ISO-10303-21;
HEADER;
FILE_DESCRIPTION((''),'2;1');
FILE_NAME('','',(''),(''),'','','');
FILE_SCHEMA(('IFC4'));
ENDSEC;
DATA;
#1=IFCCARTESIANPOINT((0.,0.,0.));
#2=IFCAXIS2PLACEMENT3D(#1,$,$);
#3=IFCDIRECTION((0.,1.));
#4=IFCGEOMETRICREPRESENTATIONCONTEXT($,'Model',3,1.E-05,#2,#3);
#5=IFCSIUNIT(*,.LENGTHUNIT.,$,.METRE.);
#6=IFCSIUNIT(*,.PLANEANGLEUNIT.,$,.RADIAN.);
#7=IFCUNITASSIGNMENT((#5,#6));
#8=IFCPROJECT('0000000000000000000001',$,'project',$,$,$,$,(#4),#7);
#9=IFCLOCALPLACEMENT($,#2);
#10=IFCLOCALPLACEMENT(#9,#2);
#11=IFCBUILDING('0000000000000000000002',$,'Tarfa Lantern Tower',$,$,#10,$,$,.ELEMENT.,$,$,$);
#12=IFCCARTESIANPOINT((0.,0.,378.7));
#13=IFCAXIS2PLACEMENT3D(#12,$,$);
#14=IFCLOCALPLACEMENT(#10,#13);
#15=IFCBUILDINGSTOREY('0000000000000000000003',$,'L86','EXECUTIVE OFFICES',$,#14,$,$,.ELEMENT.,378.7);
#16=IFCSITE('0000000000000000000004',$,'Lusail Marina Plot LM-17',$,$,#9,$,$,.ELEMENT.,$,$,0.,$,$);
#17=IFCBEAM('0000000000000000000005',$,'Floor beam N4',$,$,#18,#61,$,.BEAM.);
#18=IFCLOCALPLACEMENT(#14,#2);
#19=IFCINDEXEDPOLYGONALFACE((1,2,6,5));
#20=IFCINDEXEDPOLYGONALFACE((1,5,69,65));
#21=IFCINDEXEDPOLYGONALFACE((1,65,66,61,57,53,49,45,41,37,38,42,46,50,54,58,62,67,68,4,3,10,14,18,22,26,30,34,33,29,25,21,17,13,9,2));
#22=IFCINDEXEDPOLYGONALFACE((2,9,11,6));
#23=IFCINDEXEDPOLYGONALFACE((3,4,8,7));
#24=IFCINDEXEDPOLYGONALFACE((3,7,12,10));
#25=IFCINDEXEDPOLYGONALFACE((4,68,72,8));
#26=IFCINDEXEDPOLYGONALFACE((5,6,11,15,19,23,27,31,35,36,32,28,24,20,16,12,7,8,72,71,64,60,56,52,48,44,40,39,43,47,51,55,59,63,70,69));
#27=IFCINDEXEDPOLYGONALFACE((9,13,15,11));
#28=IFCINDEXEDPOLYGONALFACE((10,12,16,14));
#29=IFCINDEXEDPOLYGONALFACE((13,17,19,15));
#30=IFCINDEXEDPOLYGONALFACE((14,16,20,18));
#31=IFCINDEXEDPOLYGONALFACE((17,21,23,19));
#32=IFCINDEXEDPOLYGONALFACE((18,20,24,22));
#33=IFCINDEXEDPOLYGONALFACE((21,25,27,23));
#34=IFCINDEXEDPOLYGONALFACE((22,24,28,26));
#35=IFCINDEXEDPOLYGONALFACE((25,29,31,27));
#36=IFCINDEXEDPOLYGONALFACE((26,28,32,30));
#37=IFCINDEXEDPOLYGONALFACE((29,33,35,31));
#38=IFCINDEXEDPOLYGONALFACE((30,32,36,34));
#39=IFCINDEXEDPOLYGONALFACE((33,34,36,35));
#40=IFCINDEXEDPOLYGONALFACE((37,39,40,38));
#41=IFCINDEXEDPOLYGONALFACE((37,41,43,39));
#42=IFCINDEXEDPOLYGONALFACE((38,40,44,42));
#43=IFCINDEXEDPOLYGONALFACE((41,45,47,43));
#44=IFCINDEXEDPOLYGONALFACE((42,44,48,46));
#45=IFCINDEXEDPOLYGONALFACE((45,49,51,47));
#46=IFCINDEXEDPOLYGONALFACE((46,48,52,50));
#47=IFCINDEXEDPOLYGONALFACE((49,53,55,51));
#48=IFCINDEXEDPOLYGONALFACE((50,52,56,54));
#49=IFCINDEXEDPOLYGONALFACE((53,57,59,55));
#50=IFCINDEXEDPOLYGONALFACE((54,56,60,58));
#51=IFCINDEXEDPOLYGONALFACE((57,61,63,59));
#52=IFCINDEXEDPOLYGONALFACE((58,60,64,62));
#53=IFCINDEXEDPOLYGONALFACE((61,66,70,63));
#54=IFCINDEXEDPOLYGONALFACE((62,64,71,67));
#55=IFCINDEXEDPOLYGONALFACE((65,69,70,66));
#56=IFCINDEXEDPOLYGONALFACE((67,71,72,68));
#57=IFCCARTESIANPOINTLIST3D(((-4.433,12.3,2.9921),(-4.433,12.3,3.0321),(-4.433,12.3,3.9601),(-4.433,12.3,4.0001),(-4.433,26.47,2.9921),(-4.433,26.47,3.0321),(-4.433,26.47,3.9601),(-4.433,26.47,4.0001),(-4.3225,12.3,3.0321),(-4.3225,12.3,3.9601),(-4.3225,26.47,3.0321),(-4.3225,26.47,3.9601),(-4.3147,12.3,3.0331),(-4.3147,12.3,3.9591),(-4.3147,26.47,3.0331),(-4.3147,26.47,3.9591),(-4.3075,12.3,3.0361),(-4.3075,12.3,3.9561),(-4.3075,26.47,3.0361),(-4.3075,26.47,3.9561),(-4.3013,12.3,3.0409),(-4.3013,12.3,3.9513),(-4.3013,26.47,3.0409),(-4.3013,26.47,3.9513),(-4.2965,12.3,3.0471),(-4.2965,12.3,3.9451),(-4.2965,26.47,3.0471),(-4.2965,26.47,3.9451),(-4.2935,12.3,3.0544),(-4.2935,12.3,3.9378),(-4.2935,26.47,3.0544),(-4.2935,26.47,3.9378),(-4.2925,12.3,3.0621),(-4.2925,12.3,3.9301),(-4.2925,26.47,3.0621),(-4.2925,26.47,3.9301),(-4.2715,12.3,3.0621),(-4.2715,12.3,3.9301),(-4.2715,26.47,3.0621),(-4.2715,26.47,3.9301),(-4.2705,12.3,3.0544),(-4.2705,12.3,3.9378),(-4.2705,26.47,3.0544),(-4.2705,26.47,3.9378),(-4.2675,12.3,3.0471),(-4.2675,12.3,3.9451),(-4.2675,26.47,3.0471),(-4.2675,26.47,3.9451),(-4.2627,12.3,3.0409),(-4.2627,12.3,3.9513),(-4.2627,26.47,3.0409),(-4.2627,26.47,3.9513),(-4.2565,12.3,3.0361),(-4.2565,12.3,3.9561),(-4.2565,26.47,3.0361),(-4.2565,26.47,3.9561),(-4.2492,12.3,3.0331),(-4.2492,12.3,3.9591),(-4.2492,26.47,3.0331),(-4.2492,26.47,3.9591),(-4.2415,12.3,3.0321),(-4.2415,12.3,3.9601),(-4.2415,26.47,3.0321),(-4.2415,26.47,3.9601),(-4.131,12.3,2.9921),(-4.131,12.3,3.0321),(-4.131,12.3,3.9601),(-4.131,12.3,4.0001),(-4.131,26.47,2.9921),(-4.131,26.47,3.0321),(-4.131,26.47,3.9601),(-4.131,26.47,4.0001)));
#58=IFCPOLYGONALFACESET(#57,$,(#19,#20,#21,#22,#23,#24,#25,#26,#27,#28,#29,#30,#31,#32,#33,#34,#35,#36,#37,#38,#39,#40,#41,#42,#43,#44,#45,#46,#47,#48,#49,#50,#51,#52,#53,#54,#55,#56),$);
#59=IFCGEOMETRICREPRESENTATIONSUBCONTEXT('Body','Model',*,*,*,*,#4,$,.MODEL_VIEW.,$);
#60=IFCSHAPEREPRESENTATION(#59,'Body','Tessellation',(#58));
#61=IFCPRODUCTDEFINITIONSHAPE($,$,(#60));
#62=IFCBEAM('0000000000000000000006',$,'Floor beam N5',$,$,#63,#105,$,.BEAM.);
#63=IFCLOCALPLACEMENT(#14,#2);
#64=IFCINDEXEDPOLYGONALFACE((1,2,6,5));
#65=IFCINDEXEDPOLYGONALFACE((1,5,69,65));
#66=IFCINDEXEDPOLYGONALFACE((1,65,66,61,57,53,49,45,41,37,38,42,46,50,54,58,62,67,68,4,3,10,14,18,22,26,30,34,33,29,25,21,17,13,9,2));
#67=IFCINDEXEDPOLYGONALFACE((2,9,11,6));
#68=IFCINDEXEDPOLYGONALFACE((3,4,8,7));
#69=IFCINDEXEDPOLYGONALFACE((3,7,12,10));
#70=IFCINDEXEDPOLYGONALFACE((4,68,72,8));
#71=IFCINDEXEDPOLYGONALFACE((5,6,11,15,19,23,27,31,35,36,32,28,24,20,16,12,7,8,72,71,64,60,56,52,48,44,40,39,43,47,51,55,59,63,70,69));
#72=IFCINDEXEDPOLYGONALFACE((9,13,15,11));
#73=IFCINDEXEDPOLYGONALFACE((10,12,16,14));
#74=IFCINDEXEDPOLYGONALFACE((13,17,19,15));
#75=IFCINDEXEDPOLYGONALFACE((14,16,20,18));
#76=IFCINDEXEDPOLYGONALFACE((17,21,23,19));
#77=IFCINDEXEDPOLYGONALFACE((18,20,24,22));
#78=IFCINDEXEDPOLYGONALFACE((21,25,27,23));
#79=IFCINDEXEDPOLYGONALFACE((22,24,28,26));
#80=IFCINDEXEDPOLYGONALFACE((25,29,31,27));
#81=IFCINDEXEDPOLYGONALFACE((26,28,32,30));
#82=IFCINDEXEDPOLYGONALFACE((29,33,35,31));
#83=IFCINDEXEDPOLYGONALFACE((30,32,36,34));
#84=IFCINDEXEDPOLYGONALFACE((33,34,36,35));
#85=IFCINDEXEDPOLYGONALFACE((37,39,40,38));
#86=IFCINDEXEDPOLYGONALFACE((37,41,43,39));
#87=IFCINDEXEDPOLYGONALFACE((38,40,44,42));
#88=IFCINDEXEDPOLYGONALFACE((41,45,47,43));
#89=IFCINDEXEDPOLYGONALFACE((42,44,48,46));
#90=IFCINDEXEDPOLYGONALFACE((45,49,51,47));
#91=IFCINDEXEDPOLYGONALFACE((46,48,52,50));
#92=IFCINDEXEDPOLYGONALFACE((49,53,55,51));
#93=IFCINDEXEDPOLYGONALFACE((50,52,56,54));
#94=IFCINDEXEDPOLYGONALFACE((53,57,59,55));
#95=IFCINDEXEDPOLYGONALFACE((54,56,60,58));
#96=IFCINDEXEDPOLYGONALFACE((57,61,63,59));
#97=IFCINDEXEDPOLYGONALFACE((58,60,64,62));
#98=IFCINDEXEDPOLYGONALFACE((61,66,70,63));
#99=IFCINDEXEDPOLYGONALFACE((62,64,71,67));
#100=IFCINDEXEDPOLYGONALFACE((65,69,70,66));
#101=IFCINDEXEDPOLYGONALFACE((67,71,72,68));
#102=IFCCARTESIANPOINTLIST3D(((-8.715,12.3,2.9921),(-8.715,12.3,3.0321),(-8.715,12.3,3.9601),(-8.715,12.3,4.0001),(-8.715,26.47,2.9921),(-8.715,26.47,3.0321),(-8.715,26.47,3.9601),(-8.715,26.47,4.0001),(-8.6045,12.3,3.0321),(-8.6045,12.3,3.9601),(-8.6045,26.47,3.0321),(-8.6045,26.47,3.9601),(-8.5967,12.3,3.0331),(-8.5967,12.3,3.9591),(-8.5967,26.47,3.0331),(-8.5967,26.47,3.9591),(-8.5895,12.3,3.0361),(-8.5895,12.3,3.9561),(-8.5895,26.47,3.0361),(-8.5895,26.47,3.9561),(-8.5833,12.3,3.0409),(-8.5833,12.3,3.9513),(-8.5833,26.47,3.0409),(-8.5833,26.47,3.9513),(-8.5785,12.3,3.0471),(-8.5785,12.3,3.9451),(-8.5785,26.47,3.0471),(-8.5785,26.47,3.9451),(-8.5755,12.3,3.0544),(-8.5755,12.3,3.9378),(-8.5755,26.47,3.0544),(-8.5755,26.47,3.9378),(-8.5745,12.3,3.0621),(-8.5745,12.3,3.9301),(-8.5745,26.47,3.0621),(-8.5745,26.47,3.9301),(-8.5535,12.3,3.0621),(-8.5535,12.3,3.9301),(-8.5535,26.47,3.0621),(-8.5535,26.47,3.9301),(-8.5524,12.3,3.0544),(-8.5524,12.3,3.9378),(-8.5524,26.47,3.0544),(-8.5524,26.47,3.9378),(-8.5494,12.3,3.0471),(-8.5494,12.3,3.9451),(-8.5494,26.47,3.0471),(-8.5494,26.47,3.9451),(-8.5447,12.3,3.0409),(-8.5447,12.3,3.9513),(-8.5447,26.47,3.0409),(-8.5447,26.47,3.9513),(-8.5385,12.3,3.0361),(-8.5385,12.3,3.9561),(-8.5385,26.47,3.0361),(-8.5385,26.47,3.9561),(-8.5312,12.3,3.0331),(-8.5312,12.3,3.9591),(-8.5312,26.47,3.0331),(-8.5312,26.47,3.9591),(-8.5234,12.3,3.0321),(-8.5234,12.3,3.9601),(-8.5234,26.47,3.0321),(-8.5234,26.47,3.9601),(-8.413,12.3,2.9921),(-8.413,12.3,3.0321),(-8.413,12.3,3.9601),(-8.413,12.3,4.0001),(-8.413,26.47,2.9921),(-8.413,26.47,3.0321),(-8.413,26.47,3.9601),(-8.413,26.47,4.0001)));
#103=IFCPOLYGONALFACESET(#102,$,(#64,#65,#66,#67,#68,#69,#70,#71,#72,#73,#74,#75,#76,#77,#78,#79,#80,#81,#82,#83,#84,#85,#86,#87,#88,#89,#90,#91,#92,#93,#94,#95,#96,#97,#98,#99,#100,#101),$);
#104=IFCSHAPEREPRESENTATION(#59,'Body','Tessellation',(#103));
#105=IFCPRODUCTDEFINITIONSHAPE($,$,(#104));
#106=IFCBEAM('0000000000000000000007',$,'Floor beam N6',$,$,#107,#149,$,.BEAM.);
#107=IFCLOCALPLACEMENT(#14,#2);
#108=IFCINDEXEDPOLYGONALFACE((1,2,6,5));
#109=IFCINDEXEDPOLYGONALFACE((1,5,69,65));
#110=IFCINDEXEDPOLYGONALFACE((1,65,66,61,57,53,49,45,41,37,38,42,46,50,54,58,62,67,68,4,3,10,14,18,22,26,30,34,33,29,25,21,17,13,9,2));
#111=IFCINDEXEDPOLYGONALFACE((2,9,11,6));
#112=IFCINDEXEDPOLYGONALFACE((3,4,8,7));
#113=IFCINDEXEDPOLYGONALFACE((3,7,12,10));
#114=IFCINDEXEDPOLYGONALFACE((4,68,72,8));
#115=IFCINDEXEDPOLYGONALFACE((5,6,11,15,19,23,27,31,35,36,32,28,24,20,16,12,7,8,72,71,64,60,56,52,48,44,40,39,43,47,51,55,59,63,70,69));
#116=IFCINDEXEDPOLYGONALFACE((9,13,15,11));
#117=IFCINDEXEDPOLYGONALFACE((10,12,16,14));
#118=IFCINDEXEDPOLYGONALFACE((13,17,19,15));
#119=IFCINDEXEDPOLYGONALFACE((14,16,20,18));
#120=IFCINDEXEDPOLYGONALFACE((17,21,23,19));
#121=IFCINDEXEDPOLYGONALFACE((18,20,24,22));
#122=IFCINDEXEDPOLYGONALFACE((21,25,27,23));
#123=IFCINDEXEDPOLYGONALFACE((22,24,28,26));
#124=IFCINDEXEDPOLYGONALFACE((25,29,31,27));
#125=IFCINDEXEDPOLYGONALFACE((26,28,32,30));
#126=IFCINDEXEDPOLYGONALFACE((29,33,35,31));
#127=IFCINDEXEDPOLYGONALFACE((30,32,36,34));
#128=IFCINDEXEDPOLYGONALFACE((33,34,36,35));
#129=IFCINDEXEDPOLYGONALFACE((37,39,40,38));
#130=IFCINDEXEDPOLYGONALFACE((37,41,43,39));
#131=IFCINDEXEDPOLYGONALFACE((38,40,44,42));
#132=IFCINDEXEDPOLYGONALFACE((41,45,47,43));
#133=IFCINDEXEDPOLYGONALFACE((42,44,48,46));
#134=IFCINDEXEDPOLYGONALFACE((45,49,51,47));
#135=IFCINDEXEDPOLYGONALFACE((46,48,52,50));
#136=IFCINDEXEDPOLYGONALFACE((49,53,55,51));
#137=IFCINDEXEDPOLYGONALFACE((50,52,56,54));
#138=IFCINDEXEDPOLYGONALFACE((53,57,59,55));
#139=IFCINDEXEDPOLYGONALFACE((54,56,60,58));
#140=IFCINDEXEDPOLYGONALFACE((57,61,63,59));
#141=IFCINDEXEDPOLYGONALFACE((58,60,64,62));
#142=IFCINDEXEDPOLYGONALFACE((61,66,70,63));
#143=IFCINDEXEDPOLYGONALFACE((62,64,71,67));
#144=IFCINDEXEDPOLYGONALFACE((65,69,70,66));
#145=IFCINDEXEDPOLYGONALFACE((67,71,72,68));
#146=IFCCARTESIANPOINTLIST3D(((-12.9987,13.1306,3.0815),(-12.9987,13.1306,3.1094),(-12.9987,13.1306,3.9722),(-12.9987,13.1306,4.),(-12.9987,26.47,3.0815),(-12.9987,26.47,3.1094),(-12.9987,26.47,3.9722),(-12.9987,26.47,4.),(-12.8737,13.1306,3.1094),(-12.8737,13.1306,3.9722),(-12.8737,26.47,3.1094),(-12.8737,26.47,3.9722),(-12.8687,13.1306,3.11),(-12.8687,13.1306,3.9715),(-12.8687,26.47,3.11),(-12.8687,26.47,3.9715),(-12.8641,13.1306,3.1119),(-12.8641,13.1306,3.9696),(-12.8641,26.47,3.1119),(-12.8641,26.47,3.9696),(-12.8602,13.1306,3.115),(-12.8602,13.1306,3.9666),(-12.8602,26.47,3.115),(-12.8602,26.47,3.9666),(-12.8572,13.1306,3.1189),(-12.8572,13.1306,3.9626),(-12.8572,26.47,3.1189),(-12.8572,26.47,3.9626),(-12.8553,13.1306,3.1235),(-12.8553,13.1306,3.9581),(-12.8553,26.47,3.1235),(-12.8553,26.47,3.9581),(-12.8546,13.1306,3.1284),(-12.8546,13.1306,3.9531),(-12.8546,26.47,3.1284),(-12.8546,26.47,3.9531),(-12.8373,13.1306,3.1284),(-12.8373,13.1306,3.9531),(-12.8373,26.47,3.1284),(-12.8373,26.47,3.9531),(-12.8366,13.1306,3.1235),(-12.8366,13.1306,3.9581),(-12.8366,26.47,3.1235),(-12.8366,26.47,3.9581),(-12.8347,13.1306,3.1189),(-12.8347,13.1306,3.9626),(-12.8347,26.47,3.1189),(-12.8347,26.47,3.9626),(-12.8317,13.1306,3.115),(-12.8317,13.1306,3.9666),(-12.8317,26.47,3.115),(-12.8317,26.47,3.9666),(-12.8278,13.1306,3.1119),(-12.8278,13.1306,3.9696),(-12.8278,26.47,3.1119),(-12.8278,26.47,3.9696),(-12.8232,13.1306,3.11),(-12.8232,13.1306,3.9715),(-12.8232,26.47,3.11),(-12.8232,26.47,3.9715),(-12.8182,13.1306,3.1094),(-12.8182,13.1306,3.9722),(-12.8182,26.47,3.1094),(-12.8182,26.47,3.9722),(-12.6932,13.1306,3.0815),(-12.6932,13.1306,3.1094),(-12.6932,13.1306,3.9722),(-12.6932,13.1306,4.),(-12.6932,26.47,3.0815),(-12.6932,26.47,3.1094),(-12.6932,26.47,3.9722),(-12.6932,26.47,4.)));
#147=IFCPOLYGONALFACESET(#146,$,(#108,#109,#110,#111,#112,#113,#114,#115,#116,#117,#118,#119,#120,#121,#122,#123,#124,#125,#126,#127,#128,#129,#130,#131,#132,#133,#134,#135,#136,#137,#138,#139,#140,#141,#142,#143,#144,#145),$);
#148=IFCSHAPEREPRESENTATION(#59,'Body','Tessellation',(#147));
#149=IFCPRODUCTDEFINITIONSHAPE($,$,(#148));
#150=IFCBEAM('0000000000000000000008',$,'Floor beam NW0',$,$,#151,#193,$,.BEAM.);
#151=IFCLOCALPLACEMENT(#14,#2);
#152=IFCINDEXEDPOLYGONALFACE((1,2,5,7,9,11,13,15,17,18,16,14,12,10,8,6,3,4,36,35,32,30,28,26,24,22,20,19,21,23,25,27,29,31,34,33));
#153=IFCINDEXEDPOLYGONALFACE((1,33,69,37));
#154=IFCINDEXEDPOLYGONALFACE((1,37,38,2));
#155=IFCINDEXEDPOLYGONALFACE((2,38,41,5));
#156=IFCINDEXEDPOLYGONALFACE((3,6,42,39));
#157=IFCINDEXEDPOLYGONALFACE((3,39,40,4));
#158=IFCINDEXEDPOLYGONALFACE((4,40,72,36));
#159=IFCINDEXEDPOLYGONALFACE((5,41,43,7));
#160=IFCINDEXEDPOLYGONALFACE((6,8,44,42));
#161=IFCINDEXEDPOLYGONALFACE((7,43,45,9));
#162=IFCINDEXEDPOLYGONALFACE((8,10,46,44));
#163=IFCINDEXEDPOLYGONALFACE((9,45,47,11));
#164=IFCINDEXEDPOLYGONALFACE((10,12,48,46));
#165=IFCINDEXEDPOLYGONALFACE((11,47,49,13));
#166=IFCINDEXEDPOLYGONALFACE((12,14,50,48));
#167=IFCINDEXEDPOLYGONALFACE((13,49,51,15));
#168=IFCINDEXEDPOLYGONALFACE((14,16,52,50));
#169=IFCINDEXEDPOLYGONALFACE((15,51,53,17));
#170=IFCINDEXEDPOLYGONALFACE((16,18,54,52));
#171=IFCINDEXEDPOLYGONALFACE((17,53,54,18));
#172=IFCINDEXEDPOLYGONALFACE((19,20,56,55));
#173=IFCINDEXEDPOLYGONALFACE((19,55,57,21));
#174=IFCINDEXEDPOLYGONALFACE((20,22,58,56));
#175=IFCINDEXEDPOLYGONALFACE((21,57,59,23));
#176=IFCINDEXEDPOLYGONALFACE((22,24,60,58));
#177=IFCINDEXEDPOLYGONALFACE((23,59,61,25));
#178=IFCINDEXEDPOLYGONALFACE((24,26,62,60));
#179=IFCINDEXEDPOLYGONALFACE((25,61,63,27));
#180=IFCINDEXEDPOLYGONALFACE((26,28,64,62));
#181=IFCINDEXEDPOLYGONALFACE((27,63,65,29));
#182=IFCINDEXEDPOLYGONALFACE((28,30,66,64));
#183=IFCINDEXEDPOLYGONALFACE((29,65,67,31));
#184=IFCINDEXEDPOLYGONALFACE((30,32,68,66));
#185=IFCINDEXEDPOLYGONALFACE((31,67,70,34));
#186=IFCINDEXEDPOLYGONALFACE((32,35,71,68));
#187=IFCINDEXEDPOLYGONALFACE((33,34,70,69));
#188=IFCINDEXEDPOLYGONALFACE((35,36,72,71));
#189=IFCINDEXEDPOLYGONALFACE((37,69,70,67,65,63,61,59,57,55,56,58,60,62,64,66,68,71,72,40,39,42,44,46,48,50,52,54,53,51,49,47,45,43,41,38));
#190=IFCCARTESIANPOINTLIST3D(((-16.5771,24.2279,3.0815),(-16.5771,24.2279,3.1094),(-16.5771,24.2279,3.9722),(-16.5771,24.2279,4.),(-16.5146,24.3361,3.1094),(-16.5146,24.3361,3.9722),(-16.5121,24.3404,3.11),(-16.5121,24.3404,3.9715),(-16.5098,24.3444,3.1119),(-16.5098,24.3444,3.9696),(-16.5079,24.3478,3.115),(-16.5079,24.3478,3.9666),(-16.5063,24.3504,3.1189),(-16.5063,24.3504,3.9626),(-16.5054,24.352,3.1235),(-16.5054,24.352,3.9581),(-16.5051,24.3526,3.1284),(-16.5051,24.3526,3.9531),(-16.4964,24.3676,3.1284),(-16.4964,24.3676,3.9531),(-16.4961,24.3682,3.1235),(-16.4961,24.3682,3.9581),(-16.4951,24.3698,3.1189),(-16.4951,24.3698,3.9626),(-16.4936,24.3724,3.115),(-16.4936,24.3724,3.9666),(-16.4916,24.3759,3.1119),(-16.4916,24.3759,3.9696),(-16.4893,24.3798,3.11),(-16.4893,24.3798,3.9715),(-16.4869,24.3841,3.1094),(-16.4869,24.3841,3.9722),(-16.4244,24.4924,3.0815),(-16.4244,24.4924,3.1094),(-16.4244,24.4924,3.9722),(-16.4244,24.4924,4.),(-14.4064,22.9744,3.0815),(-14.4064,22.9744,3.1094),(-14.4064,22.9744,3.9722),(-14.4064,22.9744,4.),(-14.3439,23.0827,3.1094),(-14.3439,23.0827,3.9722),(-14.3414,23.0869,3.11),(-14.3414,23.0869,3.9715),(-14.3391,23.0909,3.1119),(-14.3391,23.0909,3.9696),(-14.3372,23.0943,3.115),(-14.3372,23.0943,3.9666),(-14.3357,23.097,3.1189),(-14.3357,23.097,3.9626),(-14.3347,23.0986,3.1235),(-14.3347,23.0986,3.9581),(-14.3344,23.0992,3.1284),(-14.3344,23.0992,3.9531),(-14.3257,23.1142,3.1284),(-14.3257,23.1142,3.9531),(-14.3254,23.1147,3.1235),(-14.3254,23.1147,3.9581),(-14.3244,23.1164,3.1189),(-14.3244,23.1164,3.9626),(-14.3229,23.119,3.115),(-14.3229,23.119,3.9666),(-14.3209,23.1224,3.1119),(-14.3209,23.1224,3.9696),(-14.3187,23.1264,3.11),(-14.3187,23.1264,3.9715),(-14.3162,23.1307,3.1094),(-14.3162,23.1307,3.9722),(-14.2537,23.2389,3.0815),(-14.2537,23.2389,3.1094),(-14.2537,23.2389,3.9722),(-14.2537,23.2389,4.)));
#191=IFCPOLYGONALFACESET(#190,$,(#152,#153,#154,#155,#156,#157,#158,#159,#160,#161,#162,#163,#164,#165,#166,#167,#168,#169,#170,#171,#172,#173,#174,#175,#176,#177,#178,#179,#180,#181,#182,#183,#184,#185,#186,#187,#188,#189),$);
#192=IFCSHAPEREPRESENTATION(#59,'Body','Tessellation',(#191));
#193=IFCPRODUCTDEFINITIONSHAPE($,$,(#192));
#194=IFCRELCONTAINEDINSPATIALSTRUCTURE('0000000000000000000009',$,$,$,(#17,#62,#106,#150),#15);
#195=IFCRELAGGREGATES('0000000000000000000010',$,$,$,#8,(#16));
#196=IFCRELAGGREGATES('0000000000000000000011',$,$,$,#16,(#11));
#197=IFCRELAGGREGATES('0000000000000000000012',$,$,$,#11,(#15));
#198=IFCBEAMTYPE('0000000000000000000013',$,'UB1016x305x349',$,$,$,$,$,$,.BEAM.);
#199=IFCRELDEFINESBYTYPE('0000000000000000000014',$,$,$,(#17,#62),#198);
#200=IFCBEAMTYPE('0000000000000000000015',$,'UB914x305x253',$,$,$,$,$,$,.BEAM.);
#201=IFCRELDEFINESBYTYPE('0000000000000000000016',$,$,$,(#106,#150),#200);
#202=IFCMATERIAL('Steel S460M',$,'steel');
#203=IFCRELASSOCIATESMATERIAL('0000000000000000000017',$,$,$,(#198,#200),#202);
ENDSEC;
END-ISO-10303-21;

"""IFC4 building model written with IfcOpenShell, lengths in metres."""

from ifc_helpers import new_model, si_unit, direction, frame, origin, origin_2d, place, context, subcontext, project, spatial, i_section, extrude, material, material_profile, profile_set, type_object, element, save


model = new_model("IFC4")

# Units and contexts
model_context = context("Model", 3, precision=1e-05, world=origin(), true_north=direction((0.0, 1.0)))
body_context = subcontext(model_context, "Body", "Model", "MODEL_VIEW")
ifc_project = project(units=[si_unit("LENGTHUNIT", "METRE"), si_unit("PLANEANGLEUNIT", "RADIAN")], contexts=[model_context])

# Site, building, storey
site_placement = place(None, origin())
site = spatial("IfcSite", under=ifc_project, at=site_placement, Name="Lusail Marina Plot LM-17", CompositionType="ELEMENT", RefElevation=0.0)
building_placement = place(site_placement, origin())
building = spatial("IfcBuilding", under=site, at=building_placement, Name="Tarfa Lantern Tower", CompositionType="ELEMENT")
storey_placement = place(building_placement, frame((0.0, 0.0, 378.7)))
storey = spatial("IfcBuildingStorey", under=building, at=storey_placement, Name="L86", Description="EXECUTIVE OFFICES", CompositionType="ELEMENT", Elevation=378.7)

# Beams
ifc_material_1 = material(Name="Steel S460M", Category="steel")
ifc_material_profile_1 = material_profile(ifc_material_1, i_section(OverallWidth=0.302, OverallDepth=1.0081, WebThickness=0.021, FlangeThickness=0.04, FilletRadius=0.03, at=origin_2d()), Name="UB1016x305x349")
ifc_profile_set_1 = profile_set([ifc_material_profile_1], Name="Steel S460M")
beam_type_1 = type_object("IfcBeamType", Name="UB1016x305x349", PredefinedType="BEAM", material=ifc_profile_set_1)
for number, where, z_axis, x_axis, name in (
    (1, (-4.282, 26.47, 3.4961), (0.0, -1.0, 0.0), (1.0, 0.0, 0.0), "Floor beam N4"),
    (2, (-8.564, 26.47, 3.4961), (0.0, -1.0, 0.0), (1.0, 0.0, 0.0), "Floor beam N5"),
):
    element("IfcBeam", number, at=place(storey_placement, frame(where, z_axis=z_axis, x_axis=x_axis)), inside=storey, type_object=beam_type_1, Name=name, PredefinedType="BEAM", context=body_context, shape_type="SweptSolid", body=[
        extrude(i_section(OverallWidth=0.302, OverallDepth=1.0081, WebThickness=0.021, FlangeThickness=0.04, FilletRadius=0.03, at=origin_2d()), origin(), (0.0, 0.0, 1.0), 14.1699),
    ])
ifc_material_profile_2 = material_profile(ifc_material_1, i_section(OverallWidth=0.3054, OverallDepth=0.9185, WebThickness=0.0173, FlangeThickness=0.0278, FilletRadius=0.019, at=origin_2d()), Name="UB914x305x253")
ifc_profile_set_2 = profile_set([ifc_material_profile_2], Name="Steel S460M")
beam_type_2 = type_object("IfcBeamType", Name="UB914x305x253", PredefinedType="BEAM", material=ifc_profile_set_2)
beam_1_placement = place(storey_placement, frame((-12.8459, 26.47, 3.5408), z_axis=(0.0, -1.0, 0.0), x_axis=(1.0, 0.0, 0.0)))
element("IfcBeam", 3, at=beam_1_placement, inside=storey, type_object=beam_type_2, Name="Floor beam N6", PredefinedType="BEAM", context=body_context, shape_type="SweptSolid", body=[
    extrude(i_section(OverallWidth=0.3054, OverallDepth=0.9185, WebThickness=0.0173, FlangeThickness=0.0278, FilletRadius=0.019, at=origin_2d()), origin(), (0.0, 0.0, 1.0), 13.3394),
])
beam_2_placement = place(storey_placement, frame((-16.5007, 24.3601, 3.5408), z_axis=(0.865993, -0.500057, 0.0), x_axis=(0.500057, 0.865993, 0.0)))
element("IfcBeam", 4, at=beam_2_placement, inside=storey, type_object=beam_type_2, Name="Floor beam NW0", PredefinedType="BEAM", context=body_context, shape_type="SweptSolid", body=[
    extrude(i_section(OverallWidth=0.3054, OverallDepth=0.9185, WebThickness=0.0173, FlangeThickness=0.0278, FilletRadius=0.019, at=origin_2d()), origin(), (0.0, 0.0, 1.0), 2.5066),
])

save(model, "model.ifc")
